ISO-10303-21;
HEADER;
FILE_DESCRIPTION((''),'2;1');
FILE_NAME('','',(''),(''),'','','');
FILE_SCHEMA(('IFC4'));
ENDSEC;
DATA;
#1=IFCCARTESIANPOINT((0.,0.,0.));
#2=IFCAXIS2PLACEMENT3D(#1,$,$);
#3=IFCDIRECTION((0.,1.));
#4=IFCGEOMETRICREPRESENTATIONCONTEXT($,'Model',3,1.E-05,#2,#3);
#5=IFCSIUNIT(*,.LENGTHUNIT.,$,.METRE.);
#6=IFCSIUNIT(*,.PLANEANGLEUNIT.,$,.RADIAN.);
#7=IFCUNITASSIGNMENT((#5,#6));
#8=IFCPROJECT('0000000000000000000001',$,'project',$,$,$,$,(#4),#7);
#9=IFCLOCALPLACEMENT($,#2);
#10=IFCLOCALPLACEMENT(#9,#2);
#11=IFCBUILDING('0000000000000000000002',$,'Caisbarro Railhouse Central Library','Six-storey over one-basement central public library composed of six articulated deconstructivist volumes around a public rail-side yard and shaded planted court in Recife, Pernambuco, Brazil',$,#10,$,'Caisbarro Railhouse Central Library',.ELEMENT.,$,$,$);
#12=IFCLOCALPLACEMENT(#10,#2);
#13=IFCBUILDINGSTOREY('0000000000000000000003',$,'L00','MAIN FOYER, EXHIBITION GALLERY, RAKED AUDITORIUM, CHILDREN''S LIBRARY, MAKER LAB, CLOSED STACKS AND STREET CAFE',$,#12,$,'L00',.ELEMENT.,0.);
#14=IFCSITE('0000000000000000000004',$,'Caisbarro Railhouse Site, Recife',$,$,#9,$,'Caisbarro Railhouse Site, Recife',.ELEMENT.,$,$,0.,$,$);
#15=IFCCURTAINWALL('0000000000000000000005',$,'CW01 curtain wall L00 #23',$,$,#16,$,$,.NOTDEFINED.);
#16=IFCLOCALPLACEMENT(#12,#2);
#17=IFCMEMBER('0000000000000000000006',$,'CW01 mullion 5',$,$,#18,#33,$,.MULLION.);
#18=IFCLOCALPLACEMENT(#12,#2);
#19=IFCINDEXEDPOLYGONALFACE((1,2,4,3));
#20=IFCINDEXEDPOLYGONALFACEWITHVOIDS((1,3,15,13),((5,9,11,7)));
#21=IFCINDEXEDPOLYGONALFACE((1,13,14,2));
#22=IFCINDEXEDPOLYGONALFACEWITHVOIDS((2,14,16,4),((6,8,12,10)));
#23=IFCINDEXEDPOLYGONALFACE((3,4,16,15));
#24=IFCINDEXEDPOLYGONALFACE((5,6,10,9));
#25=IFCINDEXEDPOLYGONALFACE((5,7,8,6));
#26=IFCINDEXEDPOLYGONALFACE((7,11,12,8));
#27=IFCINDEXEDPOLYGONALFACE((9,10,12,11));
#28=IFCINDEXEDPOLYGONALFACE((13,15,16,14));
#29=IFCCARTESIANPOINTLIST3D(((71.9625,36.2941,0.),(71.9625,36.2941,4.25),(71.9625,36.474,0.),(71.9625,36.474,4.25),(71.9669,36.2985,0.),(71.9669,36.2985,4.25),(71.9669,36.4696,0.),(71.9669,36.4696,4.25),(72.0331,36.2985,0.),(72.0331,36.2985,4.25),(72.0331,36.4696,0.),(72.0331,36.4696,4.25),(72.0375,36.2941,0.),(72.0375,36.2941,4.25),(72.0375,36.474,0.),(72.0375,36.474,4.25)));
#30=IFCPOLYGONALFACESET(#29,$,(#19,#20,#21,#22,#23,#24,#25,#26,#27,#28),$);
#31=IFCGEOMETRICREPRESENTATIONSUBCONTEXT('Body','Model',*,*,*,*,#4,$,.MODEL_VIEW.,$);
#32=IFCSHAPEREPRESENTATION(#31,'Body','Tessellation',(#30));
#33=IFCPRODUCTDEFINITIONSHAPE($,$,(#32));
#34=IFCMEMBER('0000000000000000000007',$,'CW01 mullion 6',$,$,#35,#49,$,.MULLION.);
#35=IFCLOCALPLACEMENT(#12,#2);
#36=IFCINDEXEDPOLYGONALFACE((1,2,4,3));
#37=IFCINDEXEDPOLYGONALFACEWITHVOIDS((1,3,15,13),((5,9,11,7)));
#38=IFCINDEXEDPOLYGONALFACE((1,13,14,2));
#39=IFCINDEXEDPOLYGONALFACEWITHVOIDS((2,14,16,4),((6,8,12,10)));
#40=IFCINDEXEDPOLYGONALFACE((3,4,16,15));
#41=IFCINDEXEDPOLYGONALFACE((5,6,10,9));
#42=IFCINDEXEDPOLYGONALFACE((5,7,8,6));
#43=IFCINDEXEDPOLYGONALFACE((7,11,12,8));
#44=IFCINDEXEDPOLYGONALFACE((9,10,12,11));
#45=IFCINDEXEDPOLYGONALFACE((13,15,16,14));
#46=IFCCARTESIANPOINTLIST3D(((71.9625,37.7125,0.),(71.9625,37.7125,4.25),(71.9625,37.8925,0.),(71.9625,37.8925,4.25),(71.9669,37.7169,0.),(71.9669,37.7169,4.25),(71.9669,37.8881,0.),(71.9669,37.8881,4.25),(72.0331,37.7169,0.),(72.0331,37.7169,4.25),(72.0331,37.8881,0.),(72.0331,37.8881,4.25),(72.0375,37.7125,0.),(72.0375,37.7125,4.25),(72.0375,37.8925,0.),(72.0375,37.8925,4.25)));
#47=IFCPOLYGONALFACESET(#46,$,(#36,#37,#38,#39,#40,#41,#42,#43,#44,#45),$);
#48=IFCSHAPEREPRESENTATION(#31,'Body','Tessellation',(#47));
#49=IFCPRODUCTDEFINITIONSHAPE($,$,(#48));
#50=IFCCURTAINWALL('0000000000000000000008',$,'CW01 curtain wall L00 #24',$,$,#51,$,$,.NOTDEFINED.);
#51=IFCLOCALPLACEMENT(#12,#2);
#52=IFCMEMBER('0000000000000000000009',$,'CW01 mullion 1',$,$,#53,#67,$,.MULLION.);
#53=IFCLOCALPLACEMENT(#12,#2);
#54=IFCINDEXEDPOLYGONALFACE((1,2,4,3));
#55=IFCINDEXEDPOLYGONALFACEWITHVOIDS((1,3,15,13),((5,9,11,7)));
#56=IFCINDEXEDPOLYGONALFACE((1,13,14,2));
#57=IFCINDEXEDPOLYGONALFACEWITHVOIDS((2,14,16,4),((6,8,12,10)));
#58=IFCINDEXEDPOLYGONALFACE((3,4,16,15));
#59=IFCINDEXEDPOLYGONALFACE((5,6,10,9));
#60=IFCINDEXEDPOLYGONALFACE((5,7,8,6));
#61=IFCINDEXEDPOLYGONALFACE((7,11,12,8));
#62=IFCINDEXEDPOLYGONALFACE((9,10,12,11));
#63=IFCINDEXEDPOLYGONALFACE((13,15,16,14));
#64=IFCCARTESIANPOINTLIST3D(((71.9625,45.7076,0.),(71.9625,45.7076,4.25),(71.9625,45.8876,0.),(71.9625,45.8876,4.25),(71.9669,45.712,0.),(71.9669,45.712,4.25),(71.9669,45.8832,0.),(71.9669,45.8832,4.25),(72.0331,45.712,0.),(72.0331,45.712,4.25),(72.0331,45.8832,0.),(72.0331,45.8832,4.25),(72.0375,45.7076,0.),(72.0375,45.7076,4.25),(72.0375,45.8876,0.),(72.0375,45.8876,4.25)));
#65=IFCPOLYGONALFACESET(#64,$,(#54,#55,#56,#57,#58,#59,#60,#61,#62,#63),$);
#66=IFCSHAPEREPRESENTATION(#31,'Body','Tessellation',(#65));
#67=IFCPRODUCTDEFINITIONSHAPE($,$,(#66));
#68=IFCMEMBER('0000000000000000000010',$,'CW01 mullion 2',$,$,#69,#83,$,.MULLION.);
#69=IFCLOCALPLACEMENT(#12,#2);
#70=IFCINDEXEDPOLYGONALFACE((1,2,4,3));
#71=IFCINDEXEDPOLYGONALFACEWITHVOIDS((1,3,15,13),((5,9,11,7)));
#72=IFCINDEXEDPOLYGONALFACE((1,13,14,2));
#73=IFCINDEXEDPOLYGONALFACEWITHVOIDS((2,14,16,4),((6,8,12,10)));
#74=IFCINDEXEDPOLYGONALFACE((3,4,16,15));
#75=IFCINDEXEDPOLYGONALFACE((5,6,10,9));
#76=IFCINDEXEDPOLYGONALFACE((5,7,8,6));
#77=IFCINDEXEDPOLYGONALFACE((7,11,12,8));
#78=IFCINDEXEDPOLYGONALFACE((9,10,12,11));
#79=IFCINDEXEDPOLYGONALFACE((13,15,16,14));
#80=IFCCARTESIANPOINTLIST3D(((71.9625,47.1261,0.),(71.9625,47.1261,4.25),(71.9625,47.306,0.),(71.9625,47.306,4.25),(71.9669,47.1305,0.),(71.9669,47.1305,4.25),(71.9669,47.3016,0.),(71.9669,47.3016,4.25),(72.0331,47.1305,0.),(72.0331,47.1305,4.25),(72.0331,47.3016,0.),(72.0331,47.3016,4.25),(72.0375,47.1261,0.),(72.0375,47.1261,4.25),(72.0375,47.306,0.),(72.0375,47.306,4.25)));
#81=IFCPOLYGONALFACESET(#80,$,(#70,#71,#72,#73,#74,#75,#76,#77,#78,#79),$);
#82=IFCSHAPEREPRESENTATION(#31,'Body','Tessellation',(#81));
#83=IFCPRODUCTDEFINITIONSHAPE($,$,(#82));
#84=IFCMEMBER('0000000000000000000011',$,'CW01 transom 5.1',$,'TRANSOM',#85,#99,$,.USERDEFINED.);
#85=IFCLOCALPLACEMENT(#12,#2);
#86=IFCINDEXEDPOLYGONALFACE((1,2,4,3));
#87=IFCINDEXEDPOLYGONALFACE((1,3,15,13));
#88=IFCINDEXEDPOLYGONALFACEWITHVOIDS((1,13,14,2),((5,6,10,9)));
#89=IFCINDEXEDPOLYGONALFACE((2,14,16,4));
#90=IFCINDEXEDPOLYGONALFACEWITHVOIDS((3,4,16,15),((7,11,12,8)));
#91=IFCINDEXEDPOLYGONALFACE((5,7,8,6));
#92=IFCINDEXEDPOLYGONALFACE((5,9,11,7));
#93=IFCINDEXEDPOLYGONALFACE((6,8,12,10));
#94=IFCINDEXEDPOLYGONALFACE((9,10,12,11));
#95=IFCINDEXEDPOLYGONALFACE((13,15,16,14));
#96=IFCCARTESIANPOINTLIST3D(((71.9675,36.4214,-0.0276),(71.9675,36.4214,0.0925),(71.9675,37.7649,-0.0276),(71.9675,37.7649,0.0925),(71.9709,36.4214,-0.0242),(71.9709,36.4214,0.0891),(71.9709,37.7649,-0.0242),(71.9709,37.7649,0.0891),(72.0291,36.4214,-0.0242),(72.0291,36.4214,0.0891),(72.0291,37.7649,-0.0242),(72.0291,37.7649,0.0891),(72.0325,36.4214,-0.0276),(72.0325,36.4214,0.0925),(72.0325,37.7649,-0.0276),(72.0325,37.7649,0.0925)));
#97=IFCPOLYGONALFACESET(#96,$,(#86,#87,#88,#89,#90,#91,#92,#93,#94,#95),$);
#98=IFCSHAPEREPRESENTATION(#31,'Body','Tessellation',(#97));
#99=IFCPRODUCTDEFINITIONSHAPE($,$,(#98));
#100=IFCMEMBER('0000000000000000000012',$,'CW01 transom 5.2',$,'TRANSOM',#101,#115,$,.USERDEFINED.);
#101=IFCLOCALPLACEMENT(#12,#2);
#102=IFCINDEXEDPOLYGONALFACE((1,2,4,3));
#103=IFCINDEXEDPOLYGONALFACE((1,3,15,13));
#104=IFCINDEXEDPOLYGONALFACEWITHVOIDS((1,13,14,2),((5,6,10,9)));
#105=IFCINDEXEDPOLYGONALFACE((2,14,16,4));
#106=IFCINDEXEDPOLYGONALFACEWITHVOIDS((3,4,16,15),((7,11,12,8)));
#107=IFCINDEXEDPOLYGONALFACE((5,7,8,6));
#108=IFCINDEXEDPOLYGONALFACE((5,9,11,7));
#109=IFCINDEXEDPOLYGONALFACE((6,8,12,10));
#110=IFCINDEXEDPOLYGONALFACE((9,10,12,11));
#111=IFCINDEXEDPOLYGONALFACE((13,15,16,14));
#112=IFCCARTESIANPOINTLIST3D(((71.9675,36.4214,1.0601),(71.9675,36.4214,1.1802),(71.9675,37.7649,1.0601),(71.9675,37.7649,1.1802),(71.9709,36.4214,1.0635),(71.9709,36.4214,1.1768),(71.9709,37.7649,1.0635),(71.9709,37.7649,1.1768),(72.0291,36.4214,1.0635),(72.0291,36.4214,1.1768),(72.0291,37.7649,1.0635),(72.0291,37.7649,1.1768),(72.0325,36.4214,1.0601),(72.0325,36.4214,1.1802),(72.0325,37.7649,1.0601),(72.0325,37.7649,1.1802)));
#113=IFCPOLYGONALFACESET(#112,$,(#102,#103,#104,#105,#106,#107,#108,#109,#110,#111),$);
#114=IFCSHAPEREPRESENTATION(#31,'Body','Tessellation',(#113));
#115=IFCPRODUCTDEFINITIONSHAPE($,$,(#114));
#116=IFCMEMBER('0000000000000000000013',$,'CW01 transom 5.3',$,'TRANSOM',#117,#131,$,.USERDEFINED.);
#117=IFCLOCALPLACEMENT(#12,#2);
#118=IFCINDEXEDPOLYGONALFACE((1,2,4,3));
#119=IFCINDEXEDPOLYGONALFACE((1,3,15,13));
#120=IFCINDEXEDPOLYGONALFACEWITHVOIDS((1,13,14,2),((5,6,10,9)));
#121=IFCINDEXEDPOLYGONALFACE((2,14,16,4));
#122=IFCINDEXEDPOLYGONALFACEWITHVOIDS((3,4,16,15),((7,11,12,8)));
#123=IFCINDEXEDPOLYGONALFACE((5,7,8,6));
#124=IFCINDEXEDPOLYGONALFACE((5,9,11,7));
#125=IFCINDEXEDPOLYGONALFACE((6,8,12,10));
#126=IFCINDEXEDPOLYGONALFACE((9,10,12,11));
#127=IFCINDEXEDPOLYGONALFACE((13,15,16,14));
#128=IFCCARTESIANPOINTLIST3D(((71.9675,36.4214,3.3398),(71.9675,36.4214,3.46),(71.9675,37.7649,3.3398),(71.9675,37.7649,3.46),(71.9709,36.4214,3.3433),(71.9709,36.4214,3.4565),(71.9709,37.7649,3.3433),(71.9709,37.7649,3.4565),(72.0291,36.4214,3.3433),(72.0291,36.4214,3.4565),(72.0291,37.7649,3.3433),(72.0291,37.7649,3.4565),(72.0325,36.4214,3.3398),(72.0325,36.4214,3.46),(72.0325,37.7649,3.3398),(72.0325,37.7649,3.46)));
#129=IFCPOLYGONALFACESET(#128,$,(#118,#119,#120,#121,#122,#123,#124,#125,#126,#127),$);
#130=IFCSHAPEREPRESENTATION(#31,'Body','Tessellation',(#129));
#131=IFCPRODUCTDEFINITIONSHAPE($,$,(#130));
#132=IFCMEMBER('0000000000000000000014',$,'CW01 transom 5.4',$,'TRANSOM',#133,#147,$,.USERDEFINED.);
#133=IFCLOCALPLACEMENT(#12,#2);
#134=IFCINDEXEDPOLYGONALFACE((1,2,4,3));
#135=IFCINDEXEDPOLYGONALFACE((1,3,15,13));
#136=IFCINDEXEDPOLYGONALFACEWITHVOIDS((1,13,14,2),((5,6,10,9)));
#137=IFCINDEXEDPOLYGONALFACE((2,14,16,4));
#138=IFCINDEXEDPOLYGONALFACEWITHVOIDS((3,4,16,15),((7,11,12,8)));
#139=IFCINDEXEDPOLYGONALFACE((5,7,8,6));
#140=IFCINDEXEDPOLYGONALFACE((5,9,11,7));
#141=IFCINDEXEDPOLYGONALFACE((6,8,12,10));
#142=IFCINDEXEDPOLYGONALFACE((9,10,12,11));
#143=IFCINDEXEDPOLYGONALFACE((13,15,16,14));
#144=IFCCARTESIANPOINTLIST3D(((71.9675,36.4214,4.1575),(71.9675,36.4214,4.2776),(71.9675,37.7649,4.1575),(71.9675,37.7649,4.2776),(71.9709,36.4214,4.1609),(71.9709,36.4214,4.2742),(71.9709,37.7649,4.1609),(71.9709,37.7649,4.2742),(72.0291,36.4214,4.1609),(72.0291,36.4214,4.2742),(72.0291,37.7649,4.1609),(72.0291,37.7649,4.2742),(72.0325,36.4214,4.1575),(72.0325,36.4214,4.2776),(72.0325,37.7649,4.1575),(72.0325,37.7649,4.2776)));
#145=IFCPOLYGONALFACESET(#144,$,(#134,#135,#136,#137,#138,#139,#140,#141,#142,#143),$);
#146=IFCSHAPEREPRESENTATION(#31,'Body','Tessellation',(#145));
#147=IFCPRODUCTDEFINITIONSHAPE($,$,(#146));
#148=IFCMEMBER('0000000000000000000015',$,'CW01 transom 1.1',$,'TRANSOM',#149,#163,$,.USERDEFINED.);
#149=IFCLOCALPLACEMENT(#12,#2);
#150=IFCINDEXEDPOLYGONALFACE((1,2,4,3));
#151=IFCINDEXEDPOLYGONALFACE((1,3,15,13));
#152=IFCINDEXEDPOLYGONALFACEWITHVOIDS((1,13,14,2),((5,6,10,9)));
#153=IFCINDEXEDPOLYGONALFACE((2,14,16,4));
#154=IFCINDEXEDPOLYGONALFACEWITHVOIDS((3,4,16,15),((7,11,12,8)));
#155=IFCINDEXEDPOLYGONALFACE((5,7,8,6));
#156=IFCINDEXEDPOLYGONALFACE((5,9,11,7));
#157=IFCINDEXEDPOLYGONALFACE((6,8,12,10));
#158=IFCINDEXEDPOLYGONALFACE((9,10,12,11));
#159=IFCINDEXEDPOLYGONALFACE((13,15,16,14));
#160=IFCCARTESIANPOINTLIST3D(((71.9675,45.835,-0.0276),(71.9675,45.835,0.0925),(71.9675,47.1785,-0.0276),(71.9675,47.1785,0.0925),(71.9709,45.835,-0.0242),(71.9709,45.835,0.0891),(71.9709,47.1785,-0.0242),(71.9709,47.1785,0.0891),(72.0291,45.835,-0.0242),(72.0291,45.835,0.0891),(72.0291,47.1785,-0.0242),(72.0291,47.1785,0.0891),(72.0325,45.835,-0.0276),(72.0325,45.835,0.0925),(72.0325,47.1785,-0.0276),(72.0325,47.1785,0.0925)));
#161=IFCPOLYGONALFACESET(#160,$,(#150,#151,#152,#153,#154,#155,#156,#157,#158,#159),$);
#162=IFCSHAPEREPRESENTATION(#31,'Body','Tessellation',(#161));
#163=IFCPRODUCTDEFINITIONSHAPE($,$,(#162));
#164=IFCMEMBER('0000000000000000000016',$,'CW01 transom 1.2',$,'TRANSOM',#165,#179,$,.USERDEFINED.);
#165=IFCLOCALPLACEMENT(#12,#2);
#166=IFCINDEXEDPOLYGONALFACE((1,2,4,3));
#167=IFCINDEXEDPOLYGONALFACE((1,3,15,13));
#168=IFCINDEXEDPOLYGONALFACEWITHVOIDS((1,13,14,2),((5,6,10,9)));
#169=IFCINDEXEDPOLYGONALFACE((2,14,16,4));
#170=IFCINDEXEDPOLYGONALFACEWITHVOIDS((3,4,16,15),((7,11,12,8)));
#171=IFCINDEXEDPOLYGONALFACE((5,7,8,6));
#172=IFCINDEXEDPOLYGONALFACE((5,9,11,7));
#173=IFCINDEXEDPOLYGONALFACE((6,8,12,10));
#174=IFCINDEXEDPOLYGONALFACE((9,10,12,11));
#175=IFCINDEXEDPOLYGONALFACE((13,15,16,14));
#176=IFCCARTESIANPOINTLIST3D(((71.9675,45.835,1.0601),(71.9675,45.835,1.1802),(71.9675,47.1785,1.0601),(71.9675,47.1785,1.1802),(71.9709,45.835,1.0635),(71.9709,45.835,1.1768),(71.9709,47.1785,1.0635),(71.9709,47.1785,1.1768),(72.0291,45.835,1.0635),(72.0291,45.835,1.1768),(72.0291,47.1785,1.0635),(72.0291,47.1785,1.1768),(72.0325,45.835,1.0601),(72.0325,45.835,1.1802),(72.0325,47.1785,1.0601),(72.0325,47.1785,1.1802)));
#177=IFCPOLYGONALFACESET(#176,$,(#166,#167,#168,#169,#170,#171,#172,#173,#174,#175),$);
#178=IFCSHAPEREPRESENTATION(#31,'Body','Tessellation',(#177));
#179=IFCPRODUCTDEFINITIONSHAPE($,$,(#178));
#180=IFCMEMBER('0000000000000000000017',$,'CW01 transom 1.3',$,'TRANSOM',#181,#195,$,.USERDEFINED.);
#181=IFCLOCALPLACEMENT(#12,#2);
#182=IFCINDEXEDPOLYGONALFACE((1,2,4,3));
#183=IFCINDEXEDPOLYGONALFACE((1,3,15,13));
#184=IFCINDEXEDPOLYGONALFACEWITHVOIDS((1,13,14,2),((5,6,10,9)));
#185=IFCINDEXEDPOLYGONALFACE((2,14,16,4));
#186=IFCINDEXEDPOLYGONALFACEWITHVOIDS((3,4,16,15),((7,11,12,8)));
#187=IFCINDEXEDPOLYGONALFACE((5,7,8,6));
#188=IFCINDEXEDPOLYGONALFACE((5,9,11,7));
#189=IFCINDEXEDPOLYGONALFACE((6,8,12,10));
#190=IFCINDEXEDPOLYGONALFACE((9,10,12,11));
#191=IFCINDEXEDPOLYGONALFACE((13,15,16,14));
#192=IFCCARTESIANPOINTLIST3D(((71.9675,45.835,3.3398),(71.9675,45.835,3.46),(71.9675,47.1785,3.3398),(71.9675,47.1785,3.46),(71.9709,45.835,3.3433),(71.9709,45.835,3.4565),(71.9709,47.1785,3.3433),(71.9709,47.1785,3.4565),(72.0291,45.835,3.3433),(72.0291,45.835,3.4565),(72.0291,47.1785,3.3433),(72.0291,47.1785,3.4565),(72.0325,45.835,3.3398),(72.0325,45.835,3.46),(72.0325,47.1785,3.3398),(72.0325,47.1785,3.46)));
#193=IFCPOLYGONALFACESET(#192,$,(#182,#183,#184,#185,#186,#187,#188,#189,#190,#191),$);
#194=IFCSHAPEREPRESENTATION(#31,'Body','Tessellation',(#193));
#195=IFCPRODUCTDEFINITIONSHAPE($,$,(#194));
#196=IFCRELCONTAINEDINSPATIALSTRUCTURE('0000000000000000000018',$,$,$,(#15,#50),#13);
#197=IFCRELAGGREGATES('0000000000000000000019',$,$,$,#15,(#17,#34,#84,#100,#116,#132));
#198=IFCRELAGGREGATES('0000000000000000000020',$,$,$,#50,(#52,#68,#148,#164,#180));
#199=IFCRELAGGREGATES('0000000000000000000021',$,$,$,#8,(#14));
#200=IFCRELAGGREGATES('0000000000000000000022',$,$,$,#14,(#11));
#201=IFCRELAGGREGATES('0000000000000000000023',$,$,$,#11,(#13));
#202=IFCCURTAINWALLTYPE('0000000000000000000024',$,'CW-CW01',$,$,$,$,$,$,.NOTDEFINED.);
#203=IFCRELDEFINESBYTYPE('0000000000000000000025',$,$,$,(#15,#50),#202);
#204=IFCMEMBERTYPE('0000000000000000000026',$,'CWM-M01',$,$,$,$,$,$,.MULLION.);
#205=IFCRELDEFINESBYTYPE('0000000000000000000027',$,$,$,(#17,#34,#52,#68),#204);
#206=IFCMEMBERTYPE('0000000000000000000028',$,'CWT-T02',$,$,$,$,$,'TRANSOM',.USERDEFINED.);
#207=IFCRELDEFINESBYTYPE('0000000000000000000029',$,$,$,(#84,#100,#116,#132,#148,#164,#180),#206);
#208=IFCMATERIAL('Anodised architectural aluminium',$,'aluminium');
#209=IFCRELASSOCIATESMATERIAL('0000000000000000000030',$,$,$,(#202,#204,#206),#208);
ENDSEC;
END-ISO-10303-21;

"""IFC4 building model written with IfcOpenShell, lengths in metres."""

from ifc_helpers import new_model, si_unit, direction, frame, origin, origin_2d, place, context, subcontext, project, spatial, hollow_rectangle, extrude, material, material_profile, profile_set, type_object, element, aggregate, save


model = new_model("IFC4")

# Units and contexts
model_context = context("Model", 3, precision=1e-05, world=origin(), true_north=direction((0.0, 1.0)))
body_context = subcontext(model_context, "Body", "Model", "MODEL_VIEW")
ifc_project = project(units=[si_unit("LENGTHUNIT", "METRE"), si_unit("PLANEANGLEUNIT", "RADIAN")], contexts=[model_context])

# Site, building, storey
site_placement = place(None, origin())
site = spatial("IfcSite", under=ifc_project, at=site_placement, Name="Caisbarro Railhouse Site, Recife", LongName="Caisbarro Railhouse Site, Recife", CompositionType="ELEMENT", RefElevation=0.0)
building_placement = place(site_placement, origin())
building = spatial("IfcBuilding", under=site, at=building_placement, Name="Caisbarro Railhouse Central Library", Description="Six-storey over one-basement central public library composed of six articulated deconstructivist volumes around a public rail-side yard and shaded planted court in Recife, Pernambuco, Brazil", LongName="Caisbarro Railhouse Central Library", CompositionType="ELEMENT")
storey_placement = place(building_placement, origin())
storey = spatial("IfcBuildingStorey", under=building, at=storey_placement, Name="L00", Description="MAIN FOYER, EXHIBITION GALLERY, RAKED AUDITORIUM, CHILDREN'S LIBRARY, MAKER LAB, CLOSED STACKS AND STREET CAFE", LongName="L00", CompositionType="ELEMENT", Elevation=0.0)

# Curtain walls, members
ifc_material_1 = material(Name="Anodised architectural aluminium", Category="aluminium")
curtain_wall_type = type_object("IfcCurtainWallType", Name="CW-CW01", PredefinedType="NOTDEFINED", material=ifc_material_1)
curtain_wall_1_placement = place(storey_placement, origin())
curtain_wall_1 = element("IfcCurtainWall", 1, at=curtain_wall_1_placement, inside=storey, type_object=curtain_wall_type, Name="CW01 curtain wall L00 #23", PredefinedType="NOTDEFINED")
ifc_material_profile_1 = material_profile(ifc_material_1, hollow_rectangle(XDim=0.075, YDim=0.1799, WallThickness=0.0044, at=origin_2d()), Name="ALU-MUL-75X180")
ifc_profile_set_1 = profile_set([ifc_material_profile_1], Name="Anodised architectural aluminium")
member_type_1 = type_object("IfcMemberType", Name="CWM-M01", PredefinedType="MULLION", material=ifc_profile_set_1)
member_1_placement = place(storey_placement, frame((72.0, 36.384, 0.0), z_axis=(0.0, 0.0, 1.0), x_axis=(-1.0, 0.0, 0.0)))
member_1 = element("IfcMember", 2, at=member_1_placement, type_object=member_type_1, Name="CW01 mullion 5", PredefinedType="MULLION", context=body_context, shape_type="SweptSolid", body=[
    extrude(hollow_rectangle(XDim=0.075, YDim=0.1799, WallThickness=0.0044, at=origin_2d()), origin(), (0.0, 0.0, 1.0), 4.25),
])
member_2_placement = place(storey_placement, frame((72.0, 37.8025, 0.0), z_axis=(0.0, 0.0, 1.0), x_axis=(-1.0, 0.0, 0.0)))
member_2 = element("IfcMember", 3, at=member_2_placement, type_object=member_type_1, Name="CW01 mullion 6", PredefinedType="MULLION", context=body_context, shape_type="SweptSolid", body=[
    extrude(hollow_rectangle(XDim=0.075, YDim=0.1799, WallThickness=0.0044, at=origin_2d()), origin(), (0.0, 0.0, 1.0), 4.25),
])
curtain_wall_2_placement = place(storey_placement, origin())
curtain_wall_2 = element("IfcCurtainWall", 4, at=curtain_wall_2_placement, inside=storey, type_object=curtain_wall_type, Name="CW01 curtain wall L00 #24", PredefinedType="NOTDEFINED")
member_3_placement = place(storey_placement, frame((72.0, 45.7976, 0.0), z_axis=(0.0, 0.0, 1.0), x_axis=(-1.0, 0.0, 0.0)))
member_3 = element("IfcMember", 5, at=member_3_placement, type_object=member_type_1, Name="CW01 mullion 1", PredefinedType="MULLION", context=body_context, shape_type="SweptSolid", body=[
    extrude(hollow_rectangle(XDim=0.075, YDim=0.1799, WallThickness=0.0044, at=origin_2d()), origin(), (0.0, 0.0, 1.0), 4.25),
])
member_4_placement = place(storey_placement, frame((72.0, 47.2161, 0.0), z_axis=(0.0, 0.0, 1.0), x_axis=(-1.0, 0.0, 0.0)))
member_4 = element("IfcMember", 6, at=member_4_placement, type_object=member_type_1, Name="CW01 mullion 2", PredefinedType="MULLION", context=body_context, shape_type="SweptSolid", body=[
    extrude(hollow_rectangle(XDim=0.075, YDim=0.1799, WallThickness=0.0044, at=origin_2d()), origin(), (0.0, 0.0, 1.0), 4.25),
])

# Members
ifc_material_profile_2 = material_profile(ifc_material_1, hollow_rectangle(XDim=0.0649, YDim=0.1201, WallThickness=0.0034, at=origin_2d()), Name="ALU-TRN-65X120")
ifc_profile_set_2 = profile_set([ifc_material_profile_2], Name="Anodised architectural aluminium")
member_type_2 = type_object("IfcMemberType", Name="CWT-T02", ElementType="TRANSOM", PredefinedType="USERDEFINED", material=ifc_profile_set_2)
member_5_placement = place(storey_placement, frame((72.0, 36.4214, 0.0325), z_axis=(0.0, 1.0, 0.0), x_axis=(-1.0, 0.0, 0.0)))
member_5 = element("IfcMember", 7, at=member_5_placement, type_object=member_type_2, Name="CW01 transom 5.1", ObjectType="TRANSOM", PredefinedType="USERDEFINED", context=body_context, shape_type="SweptSolid", body=[
    extrude(hollow_rectangle(XDim=0.0649, YDim=0.1201, WallThickness=0.0034, at=origin_2d()), origin(), (0.0, 0.0, 1.0), 1.3435),
])
member_6_placement = place(storey_placement, frame((72.0, 36.4214, 1.1201), z_axis=(0.0, 1.0, 0.0), x_axis=(-1.0, 0.0, 0.0)))
member_6 = element("IfcMember", 8, at=member_6_placement, type_object=member_type_2, Name="CW01 transom 5.2", ObjectType="TRANSOM", PredefinedType="USERDEFINED", context=body_context, shape_type="SweptSolid", body=[
    extrude(hollow_rectangle(XDim=0.0649, YDim=0.1201, WallThickness=0.0034, at=origin_2d()), origin(), (0.0, 0.0, 1.0), 1.3435),
])
member_7_placement = place(storey_placement, frame((72.0, 36.4214, 3.3999), z_axis=(0.0, 1.0, 0.0), x_axis=(-1.0, 0.0, 0.0)))
member_7 = element("IfcMember", 9, at=member_7_placement, type_object=member_type_2, Name="CW01 transom 5.3", ObjectType="TRANSOM", PredefinedType="USERDEFINED", context=body_context, shape_type="SweptSolid", body=[
    extrude(hollow_rectangle(XDim=0.0649, YDim=0.1201, WallThickness=0.0034, at=origin_2d()), origin(), (0.0, 0.0, 1.0), 1.3435),
])
member_8_placement = place(storey_placement, frame((72.0, 36.4214, 4.2175), z_axis=(0.0, 1.0, 0.0), x_axis=(-1.0, 0.0, 0.0)))
member_8 = element("IfcMember", 10, at=member_8_placement, type_object=member_type_2, Name="CW01 transom 5.4", ObjectType="TRANSOM", PredefinedType="USERDEFINED", context=body_context, shape_type="SweptSolid", body=[
    extrude(hollow_rectangle(XDim=0.0649, YDim=0.1201, WallThickness=0.0034, at=origin_2d()), origin(), (0.0, 0.0, 1.0), 1.3435),
])
member_9_placement = place(storey_placement, frame((72.0, 45.835, 0.0325), z_axis=(0.0, 1.0, 0.0), x_axis=(-1.0, 0.0, 0.0)))
member_9 = element("IfcMember", 11, at=member_9_placement, type_object=member_type_2, Name="CW01 transom 1.1", ObjectType="TRANSOM", PredefinedType="USERDEFINED", context=body_context, shape_type="SweptSolid", body=[
    extrude(hollow_rectangle(XDim=0.0649, YDim=0.1201, WallThickness=0.0034, at=origin_2d()), origin(), (0.0, 0.0, 1.0), 1.3435),
])
member_10_placement = place(storey_placement, frame((72.0, 45.835, 1.1201), z_axis=(0.0, 1.0, 0.0), x_axis=(-1.0, 0.0, 0.0)))
member_10 = element("IfcMember", 12, at=member_10_placement, type_object=member_type_2, Name="CW01 transom 1.2", ObjectType="TRANSOM", PredefinedType="USERDEFINED", context=body_context, shape_type="SweptSolid", body=[
    extrude(hollow_rectangle(XDim=0.0649, YDim=0.1201, WallThickness=0.0034, at=origin_2d()), origin(), (0.0, 0.0, 1.0), 1.3435),
])
member_11_placement = place(storey_placement, frame((72.0, 45.835, 3.3999), z_axis=(0.0, 1.0, 0.0), x_axis=(-1.0, 0.0, 0.0)))
member_11 = element("IfcMember", 13, at=member_11_placement, type_object=member_type_2, Name="CW01 transom 1.3", ObjectType="TRANSOM", PredefinedType="USERDEFINED", context=body_context, shape_type="SweptSolid", body=[
    extrude(hollow_rectangle(XDim=0.0649, YDim=0.1201, WallThickness=0.0034, at=origin_2d()), origin(), (0.0, 0.0, 1.0), 1.3435),
])

aggregate(curtain_wall_1, [member_1, member_2, member_5, member_6, member_7, member_8])
aggregate(curtain_wall_2, [member_3, member_4, member_9, member_10, member_11])

save(model, "model.ifc")
